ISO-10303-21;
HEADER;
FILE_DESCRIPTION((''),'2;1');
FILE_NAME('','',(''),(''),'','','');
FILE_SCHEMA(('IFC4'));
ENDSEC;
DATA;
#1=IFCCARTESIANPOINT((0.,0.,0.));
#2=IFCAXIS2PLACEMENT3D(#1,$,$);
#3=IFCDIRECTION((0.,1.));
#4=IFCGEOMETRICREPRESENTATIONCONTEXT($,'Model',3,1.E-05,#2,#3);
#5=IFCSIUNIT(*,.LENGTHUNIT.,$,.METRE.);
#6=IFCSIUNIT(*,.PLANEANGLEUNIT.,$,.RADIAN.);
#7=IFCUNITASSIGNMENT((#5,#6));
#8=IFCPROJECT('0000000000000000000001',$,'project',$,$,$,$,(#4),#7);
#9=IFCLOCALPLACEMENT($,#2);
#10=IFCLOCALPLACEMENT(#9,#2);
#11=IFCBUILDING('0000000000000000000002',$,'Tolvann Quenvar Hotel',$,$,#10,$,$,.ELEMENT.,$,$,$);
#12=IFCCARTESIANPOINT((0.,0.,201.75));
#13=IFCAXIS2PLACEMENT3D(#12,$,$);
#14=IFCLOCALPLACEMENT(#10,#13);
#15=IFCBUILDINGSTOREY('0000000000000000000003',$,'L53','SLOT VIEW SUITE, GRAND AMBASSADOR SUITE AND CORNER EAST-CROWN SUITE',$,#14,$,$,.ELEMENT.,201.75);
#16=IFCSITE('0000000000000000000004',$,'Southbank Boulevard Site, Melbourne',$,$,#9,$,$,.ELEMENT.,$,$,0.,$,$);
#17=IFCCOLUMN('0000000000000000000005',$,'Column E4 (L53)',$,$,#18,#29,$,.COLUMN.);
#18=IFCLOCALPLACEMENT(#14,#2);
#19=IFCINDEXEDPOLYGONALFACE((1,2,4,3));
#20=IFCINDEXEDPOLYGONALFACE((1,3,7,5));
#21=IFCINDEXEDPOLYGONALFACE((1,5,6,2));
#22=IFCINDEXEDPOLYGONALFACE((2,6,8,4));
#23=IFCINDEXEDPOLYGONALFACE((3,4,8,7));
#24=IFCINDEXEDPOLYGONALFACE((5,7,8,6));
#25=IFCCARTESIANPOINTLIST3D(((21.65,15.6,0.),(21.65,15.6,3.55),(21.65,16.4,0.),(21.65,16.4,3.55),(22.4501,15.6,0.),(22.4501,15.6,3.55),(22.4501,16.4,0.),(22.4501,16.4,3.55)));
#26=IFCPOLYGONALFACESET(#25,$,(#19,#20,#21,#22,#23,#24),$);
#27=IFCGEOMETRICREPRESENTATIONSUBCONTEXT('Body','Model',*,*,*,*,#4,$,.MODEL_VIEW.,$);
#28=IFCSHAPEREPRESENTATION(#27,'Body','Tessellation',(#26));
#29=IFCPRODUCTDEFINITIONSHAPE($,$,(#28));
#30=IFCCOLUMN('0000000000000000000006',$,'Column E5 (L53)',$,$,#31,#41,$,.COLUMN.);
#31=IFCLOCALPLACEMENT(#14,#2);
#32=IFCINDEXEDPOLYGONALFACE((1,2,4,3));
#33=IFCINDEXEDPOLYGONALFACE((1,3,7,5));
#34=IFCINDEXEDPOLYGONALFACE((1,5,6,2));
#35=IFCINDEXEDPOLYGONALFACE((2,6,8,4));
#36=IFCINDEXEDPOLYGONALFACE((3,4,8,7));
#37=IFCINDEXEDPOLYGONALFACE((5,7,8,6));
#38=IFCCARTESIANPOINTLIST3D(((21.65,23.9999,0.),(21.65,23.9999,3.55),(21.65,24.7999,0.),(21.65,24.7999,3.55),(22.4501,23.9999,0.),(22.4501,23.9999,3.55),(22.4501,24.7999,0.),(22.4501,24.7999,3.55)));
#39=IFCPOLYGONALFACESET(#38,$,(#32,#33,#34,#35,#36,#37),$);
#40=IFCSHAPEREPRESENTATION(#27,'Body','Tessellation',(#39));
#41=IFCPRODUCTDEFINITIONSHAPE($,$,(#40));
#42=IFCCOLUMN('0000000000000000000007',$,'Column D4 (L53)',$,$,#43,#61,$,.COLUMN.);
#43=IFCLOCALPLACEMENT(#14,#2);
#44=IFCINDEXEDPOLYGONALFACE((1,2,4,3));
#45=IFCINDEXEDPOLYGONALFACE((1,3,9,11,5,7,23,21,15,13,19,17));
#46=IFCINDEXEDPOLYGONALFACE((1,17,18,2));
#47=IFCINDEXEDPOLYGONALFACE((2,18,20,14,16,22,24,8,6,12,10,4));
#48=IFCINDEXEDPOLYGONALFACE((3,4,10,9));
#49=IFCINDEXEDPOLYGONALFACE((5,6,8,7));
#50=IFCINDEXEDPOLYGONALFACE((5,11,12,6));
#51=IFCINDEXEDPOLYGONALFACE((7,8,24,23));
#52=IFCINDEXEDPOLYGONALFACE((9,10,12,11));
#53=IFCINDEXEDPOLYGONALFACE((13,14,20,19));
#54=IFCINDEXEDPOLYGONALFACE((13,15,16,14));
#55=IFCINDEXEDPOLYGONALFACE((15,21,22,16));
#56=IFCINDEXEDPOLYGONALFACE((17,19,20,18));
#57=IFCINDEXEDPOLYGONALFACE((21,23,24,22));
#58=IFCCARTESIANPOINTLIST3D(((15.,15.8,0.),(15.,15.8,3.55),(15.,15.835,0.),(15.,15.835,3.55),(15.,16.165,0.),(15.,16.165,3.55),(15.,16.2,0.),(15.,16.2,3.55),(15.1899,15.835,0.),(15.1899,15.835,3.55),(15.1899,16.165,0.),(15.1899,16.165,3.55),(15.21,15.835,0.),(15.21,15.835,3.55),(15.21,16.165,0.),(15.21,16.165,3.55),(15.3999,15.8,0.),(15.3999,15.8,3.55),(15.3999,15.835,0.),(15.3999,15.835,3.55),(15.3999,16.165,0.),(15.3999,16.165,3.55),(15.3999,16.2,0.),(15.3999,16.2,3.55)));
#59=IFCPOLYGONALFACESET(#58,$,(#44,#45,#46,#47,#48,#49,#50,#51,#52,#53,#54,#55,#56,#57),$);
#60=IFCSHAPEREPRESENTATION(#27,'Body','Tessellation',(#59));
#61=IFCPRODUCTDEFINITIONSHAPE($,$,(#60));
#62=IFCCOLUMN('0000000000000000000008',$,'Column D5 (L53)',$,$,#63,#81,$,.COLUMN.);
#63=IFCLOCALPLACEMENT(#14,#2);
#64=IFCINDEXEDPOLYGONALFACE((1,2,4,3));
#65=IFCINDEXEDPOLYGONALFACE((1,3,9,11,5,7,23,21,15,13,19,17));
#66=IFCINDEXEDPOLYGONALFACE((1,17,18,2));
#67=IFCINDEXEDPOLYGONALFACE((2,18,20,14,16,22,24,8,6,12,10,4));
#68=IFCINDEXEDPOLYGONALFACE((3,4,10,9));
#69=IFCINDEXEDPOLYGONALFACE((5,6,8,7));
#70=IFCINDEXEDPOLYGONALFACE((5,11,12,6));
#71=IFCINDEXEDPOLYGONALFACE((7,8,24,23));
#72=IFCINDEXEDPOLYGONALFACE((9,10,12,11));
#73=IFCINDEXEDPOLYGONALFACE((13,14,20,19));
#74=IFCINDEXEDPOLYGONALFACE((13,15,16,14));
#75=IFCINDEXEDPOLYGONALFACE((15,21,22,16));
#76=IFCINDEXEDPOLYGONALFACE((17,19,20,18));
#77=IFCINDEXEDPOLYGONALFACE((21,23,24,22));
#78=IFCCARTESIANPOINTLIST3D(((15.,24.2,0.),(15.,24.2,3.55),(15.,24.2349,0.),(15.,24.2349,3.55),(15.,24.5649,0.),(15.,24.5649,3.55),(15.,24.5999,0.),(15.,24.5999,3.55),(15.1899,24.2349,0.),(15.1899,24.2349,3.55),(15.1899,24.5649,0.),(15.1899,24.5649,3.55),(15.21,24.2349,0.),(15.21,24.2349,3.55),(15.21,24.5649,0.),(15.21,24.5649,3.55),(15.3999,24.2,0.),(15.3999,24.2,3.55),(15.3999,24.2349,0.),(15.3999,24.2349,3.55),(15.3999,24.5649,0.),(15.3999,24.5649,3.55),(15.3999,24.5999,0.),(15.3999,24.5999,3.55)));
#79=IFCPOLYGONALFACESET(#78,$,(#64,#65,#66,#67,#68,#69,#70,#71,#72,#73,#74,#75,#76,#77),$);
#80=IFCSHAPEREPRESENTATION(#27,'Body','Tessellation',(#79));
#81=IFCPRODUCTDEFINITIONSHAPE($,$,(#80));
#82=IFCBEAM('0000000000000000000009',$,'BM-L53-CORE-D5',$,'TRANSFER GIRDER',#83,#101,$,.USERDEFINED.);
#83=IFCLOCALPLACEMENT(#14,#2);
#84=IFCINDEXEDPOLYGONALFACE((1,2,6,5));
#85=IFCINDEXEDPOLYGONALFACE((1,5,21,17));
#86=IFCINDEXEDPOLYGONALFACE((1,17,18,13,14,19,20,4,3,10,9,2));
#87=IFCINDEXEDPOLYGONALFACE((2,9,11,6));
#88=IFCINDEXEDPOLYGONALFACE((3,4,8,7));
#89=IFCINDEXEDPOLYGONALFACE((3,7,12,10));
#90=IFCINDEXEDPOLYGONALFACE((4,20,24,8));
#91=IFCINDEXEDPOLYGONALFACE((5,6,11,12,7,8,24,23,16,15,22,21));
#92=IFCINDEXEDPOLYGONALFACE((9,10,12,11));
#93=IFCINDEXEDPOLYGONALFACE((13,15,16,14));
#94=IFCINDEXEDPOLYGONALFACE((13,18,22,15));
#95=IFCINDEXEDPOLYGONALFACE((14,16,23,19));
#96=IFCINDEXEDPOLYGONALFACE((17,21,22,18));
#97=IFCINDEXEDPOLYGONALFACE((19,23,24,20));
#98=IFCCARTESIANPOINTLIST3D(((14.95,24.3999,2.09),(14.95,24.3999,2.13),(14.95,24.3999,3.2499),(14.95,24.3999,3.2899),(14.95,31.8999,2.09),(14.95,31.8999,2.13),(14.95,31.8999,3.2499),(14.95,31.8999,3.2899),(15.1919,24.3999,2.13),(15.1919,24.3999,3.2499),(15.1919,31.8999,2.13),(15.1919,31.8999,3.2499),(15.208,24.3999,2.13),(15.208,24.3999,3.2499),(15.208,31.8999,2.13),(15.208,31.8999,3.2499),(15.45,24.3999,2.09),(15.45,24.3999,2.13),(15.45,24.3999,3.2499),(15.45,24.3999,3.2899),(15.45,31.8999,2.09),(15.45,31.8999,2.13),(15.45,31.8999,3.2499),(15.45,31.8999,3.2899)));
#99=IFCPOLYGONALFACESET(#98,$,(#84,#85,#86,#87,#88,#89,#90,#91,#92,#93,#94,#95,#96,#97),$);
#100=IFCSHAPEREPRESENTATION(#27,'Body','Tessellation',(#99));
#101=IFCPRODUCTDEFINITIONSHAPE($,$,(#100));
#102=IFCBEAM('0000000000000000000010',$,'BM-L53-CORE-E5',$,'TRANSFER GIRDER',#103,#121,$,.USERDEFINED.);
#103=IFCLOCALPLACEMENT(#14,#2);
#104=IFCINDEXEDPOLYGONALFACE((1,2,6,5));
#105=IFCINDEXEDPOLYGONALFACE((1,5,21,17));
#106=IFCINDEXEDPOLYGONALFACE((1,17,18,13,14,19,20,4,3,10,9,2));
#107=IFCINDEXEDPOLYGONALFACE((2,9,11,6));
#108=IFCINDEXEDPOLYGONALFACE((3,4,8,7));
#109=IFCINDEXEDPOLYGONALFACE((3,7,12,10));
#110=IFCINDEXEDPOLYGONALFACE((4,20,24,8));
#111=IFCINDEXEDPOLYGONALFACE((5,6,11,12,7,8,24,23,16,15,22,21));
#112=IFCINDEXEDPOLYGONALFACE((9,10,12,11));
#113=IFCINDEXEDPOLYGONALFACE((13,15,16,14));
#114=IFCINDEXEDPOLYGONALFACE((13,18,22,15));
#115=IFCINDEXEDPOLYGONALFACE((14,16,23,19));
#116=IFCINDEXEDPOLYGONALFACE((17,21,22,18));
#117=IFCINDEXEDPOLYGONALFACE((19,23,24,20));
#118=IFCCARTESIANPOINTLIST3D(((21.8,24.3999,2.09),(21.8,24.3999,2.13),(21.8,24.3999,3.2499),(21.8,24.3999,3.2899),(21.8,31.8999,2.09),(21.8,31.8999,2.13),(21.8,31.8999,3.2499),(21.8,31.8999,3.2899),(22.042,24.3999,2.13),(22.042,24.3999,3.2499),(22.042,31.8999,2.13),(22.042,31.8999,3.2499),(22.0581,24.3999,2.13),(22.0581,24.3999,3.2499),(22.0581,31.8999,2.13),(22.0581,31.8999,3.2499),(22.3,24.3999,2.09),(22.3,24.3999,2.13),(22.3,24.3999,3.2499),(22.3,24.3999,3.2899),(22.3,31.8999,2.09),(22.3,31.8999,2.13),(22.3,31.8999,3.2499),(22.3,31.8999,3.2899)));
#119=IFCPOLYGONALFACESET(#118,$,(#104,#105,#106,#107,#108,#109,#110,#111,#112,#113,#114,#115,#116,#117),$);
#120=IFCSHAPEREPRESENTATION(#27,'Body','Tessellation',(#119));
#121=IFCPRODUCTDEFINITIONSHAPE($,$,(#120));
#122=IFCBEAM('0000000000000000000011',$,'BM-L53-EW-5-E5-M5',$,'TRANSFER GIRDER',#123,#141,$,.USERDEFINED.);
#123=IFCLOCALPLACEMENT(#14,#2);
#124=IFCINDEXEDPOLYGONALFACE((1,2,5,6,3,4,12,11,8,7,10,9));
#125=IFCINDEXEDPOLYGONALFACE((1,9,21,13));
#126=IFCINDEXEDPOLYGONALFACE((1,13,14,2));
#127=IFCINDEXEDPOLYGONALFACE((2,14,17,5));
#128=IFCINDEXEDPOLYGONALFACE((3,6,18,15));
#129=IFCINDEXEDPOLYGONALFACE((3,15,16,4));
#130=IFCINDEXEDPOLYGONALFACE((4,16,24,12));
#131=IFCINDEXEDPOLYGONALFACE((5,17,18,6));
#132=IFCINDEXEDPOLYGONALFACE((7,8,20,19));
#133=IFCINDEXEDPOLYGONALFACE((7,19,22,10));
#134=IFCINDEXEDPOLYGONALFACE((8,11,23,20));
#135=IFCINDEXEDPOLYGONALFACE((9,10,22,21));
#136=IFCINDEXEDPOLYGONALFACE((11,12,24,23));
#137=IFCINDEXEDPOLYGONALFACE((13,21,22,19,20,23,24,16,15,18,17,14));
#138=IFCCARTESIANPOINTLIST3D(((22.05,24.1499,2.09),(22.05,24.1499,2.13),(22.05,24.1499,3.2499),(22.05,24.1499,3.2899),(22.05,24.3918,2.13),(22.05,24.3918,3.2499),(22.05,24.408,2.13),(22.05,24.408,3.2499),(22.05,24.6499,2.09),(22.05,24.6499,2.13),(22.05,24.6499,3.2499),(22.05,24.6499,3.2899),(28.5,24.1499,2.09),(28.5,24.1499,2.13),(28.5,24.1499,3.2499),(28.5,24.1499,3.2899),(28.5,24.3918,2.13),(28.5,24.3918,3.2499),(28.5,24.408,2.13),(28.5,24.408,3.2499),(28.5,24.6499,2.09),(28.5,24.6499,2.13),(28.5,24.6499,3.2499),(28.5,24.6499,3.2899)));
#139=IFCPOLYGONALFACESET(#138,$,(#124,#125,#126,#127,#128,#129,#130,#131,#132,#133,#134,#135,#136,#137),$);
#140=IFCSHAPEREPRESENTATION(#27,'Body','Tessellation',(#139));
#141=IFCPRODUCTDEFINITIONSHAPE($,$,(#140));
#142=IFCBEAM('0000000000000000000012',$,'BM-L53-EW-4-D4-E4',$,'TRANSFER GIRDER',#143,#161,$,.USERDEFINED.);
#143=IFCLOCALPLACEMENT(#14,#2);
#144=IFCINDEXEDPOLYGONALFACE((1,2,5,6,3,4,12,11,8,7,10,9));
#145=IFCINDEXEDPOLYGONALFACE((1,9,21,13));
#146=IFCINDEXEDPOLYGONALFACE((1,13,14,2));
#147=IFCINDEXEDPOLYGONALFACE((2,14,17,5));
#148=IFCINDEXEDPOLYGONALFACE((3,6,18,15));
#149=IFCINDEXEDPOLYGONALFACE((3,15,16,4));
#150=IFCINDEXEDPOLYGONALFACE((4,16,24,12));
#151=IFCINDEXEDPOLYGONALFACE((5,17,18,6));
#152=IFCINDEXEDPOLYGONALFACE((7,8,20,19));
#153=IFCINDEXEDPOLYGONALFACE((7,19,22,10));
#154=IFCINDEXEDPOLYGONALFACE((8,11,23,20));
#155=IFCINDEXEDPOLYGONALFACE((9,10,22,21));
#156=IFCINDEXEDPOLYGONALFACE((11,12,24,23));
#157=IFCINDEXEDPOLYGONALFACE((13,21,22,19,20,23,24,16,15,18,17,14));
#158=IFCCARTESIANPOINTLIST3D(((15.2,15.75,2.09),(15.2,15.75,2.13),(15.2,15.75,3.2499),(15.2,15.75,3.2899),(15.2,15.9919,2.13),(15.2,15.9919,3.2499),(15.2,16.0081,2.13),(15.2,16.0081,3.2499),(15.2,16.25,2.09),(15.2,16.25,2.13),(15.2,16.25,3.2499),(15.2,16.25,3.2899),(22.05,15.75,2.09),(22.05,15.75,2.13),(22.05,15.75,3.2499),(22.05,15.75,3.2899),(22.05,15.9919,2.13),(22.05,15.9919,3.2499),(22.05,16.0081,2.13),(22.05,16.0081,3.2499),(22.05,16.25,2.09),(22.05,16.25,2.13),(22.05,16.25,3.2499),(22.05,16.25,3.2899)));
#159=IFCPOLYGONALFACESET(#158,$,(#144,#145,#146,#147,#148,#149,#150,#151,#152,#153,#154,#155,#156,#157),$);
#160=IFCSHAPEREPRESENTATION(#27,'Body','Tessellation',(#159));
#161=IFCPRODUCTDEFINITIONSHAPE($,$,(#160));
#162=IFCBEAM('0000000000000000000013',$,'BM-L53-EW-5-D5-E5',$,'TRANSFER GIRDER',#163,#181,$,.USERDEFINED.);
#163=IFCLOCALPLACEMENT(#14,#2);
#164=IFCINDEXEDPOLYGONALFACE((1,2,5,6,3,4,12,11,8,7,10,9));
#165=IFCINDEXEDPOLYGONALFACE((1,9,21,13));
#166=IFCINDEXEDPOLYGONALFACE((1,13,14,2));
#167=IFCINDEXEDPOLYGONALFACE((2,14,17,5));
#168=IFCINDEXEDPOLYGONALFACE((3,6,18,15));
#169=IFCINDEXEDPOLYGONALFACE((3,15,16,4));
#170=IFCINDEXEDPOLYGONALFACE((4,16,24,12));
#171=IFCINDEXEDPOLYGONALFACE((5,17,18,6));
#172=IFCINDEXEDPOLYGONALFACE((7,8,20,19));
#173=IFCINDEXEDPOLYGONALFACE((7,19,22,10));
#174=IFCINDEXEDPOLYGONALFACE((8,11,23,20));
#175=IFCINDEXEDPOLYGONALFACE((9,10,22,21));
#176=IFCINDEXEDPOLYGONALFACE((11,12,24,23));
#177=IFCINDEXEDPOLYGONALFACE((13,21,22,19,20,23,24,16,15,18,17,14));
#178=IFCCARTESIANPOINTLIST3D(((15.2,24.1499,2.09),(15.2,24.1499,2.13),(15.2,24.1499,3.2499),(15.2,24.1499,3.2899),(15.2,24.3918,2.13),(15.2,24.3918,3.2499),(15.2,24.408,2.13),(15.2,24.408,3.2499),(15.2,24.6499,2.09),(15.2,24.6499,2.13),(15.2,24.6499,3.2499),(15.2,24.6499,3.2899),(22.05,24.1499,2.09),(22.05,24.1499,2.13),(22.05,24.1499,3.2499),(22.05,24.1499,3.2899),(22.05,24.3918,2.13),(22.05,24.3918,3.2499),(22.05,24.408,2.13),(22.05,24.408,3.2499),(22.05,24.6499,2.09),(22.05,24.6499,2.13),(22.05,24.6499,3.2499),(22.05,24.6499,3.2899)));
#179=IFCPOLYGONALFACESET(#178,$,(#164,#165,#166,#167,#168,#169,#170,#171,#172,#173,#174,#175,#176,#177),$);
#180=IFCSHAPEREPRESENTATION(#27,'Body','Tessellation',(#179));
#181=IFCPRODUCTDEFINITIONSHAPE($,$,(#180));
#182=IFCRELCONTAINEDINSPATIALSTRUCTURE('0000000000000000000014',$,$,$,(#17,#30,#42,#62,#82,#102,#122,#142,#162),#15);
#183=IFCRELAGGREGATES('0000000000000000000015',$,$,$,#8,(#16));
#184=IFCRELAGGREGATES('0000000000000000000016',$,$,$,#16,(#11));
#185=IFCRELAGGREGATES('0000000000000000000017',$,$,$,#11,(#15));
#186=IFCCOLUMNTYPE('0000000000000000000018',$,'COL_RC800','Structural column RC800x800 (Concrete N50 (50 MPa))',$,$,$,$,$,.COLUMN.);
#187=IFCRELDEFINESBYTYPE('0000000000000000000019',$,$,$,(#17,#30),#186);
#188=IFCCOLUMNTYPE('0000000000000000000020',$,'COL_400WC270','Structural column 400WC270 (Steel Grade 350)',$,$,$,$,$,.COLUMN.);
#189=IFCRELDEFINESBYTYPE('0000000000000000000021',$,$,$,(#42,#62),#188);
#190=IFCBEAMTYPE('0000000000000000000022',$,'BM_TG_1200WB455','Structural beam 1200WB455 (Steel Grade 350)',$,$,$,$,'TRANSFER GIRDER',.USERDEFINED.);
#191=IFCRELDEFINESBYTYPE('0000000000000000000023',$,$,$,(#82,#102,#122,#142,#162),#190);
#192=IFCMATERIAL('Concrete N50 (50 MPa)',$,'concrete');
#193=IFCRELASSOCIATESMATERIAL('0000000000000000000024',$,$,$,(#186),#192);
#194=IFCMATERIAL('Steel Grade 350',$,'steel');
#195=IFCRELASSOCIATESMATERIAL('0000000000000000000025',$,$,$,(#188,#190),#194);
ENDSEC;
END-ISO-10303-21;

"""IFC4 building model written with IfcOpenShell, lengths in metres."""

from ifc_helpers import new_model, si_unit, direction, frame, origin, origin_2d, place, context, subcontext, project, spatial, rectangle, i_section, extrude, source, transform, mapped, material, material_profile, profile_set, type_object, type_shapes, element, save


model = new_model("IFC4")

# Units and contexts
model_context = context("Model", 3, precision=1e-05, world=origin(), true_north=direction((0.0, 1.0)))
body_context = subcontext(model_context, "Body", "Model", "MODEL_VIEW")
ifc_project = project(units=[si_unit("LENGTHUNIT", "METRE"), si_unit("PLANEANGLEUNIT", "RADIAN")], contexts=[model_context])

# Site, building, storey
site_placement = place(None, origin())
site = spatial("IfcSite", under=ifc_project, at=site_placement, Name="Southbank Boulevard Site, Melbourne", CompositionType="ELEMENT", RefElevation=0.0)
building_placement = place(site_placement, origin())
building = spatial("IfcBuilding", under=site, at=building_placement, Name="Tolvann Quenvar Hotel", CompositionType="ELEMENT")
storey_placement = place(building_placement, frame((0.0, 0.0, 201.75)))
storey = spatial("IfcBuildingStorey", under=building, at=storey_placement, Name="L53", Description="SLOT VIEW SUITE, GRAND AMBASSADOR SUITE AND CORNER EAST-CROWN SUITE", CompositionType="ELEMENT", Elevation=201.75)

# Columns
ifc_material_1 = material(Name="Concrete N50 (50 MPa)", Category="concrete")
ifc_material_profile_1 = material_profile(ifc_material_1, rectangle(XDim=0.8, YDim=0.8, at=origin_2d()), Name="RC800x800")
ifc_profile_set_1 = profile_set([ifc_material_profile_1], Name="Concrete N50 (50 MPa)")
column_type_1 = type_object("IfcColumnType", Name="COL_RC800", Description="Structural column RC800x800 (Concrete N50 (50 MPa))", PredefinedType="COLUMN", material=ifc_profile_set_1)
shared_shape_1 = source(origin(), body_context, "Body", "SweptSolid", [
    extrude(rectangle(XDim=0.8, YDim=0.8, at=origin_2d()), origin(), (0.0, 0.0, 1.0), 3.55),
])
type_shapes(column_type_1, [shared_shape_1])
for number, where, z_axis, x_axis, name in (
    (1, (22.05, 16.0, 0.0), (0.0, 0.0, 1.0), (1.0, 0.0, 0.0), "Column E4 (L53)"),
    (2, (22.05, 24.3999, 0.0), (0.0, 0.0, 1.0), (1.0, 0.0, 0.0), "Column E5 (L53)"),
):
    element("IfcColumn", number, at=place(storey_placement, frame(where, z_axis=z_axis, x_axis=x_axis)), inside=storey, type_object=column_type_1, Name=name, PredefinedType="COLUMN", context=body_context, shape_type="MappedRepresentation", body=[
        mapped(shared_shape_1, transform((0.0, 0.0, 0.0), x_axis=(1.0, 0.0, 0.0), y_axis=(0.0, 1.0, 0.0), z_axis=(0.0, 0.0, 1.0), scale=1.0)),
    ])
ifc_material_2 = material(Name="Steel Grade 350", Category="steel")
ifc_material_profile_2 = material_profile(ifc_material_2, i_section(OverallWidth=0.3999, OverallDepth=0.3999, WebThickness=0.02, FlangeThickness=0.0349, at=origin_2d()), Name="400WC270")
ifc_profile_set_2 = profile_set([ifc_material_profile_2], Name="Steel Grade 350")
column_type_2 = type_object("IfcColumnType", Name="COL_400WC270", Description="Structural column 400WC270 (Steel Grade 350)", PredefinedType="COLUMN", material=ifc_profile_set_2)
shared_shape_2 = source(origin(), body_context, "Body", "SweptSolid", [
    extrude(i_section(OverallWidth=0.3999, OverallDepth=0.3999, WebThickness=0.02, FlangeThickness=0.0349, at=origin_2d()), origin(), (0.0, 0.0, 1.0), 3.55),
])
type_shapes(column_type_2, [shared_shape_2])
for number, where, z_axis, x_axis, name in (
    (3, (15.2, 16.0, 0.0), (0.0, 0.0, 1.0), (1.0, 0.0, 0.0), "Column D4 (L53)"),
    (4, (15.2, 24.3999, 0.0), (0.0, 0.0, 1.0), (1.0, 0.0, 0.0), "Column D5 (L53)"),
):
    element("IfcColumn", number, at=place(storey_placement, frame(where, z_axis=z_axis, x_axis=x_axis)), inside=storey, type_object=column_type_2, Name=name, PredefinedType="COLUMN", context=body_context, shape_type="MappedRepresentation", body=[
        mapped(shared_shape_2, transform((0.0, 0.0, 0.0), x_axis=(1.0, 0.0, 0.0), y_axis=(0.0, 1.0, 0.0), z_axis=(0.0, 0.0, 1.0), scale=1.0)),
    ])

# Beams
ifc_material_profile_3 = material_profile(ifc_material_2, i_section(OverallWidth=0.5, OverallDepth=1.2, WebThickness=0.0161, FlangeThickness=0.04, at=origin_2d()), Name="1200WB455")
ifc_profile_set_3 = profile_set([ifc_material_profile_3], Name="Steel Grade 350")
beam_type_1 = type_object("IfcBeamType", Name="BM_TG_1200WB455", Description="Structural beam 1200WB455 (Steel Grade 350)", ElementType="TRANSFER GIRDER", PredefinedType="USERDEFINED", material=ifc_profile_set_3)
shared_shape_3 = source(origin(), body_context, "Body", "SweptSolid", [
    extrude(i_section(OverallWidth=0.5, OverallDepth=1.2, WebThickness=0.0161, FlangeThickness=0.04, at=origin_2d()), origin(), (0.0, 0.0, 1.0), 7.5),
])
for number, where, z_axis, x_axis, name in (
    (5, (15.2, 24.3999, 2.6899), (0.0, 1.0, 0.0), (-1.0, 0.0, 0.0), "BM-L53-CORE-D5"),
    (6, (22.05, 24.3999, 2.6899), (0.0, 1.0, 0.0), (-1.0, 0.0, 0.0), "BM-L53-CORE-E5"),
):
    element("IfcBeam", number, at=place(storey_placement, frame(where, z_axis=z_axis, x_axis=x_axis)), inside=storey, type_object=beam_type_1, Name=name, ObjectType="TRANSFER GIRDER", PredefinedType="USERDEFINED", context=body_context, shape_type="MappedRepresentation", body=[
        mapped(shared_shape_3, transform((0.0, 0.0, 0.0), x_axis=(1.0, 0.0, 0.0), y_axis=(0.0, 1.0, 0.0), z_axis=(0.0, 0.0, 1.0), scale=1.0)),
    ])
shared_shape_4 = source(origin(), body_context, "Body", "SweptSolid", [
    extrude(i_section(OverallWidth=0.5, OverallDepth=1.2, WebThickness=0.0161, FlangeThickness=0.04, at=origin_2d()), origin(), (0.0, 0.0, 1.0), 6.45),
])
beam_1_placement = place(storey_placement, frame((22.05, 24.3999, 2.6899), z_axis=(1.0, 0.0, 0.0), x_axis=(0.0, 1.0, 0.0)))
element("IfcBeam", 7, at=beam_1_placement, inside=storey, type_object=beam_type_1, Name="BM-L53-EW-5-E5-M5", ObjectType="TRANSFER GIRDER", PredefinedType="USERDEFINED", context=body_context, shape_type="MappedRepresentation", body=[
    mapped(shared_shape_4, transform((0.0, 0.0, 0.0), x_axis=(1.0, 0.0, 0.0), y_axis=(0.0, 1.0, 0.0), z_axis=(0.0, 0.0, 1.0), scale=1.0)),
])
shared_shape_5 = source(origin(), body_context, "Body", "SweptSolid", [
    extrude(i_section(OverallWidth=0.5, OverallDepth=1.2, WebThickness=0.0161, FlangeThickness=0.04, at=origin_2d()), origin(), (0.0, 0.0, 1.0), 6.8501),
])
for number, where, z_axis, x_axis, name in (
    (8, (15.2, 16.0, 2.6899), (1.0, 0.0, 0.0), (0.0, 1.0, 0.0), "BM-L53-EW-4-D4-E4"),
    (9, (15.2, 24.3999, 2.6899), (1.0, 0.0, 0.0), (0.0, 1.0, 0.0), "BM-L53-EW-5-D5-E5"),
):
    element("IfcBeam", number, at=place(storey_placement, frame(where, z_axis=z_axis, x_axis=x_axis)), inside=storey, type_object=beam_type_1, Name=name, ObjectType="TRANSFER GIRDER", PredefinedType="USERDEFINED", context=body_context, shape_type="MappedRepresentation", body=[
        mapped(shared_shape_5, transform((0.0, 0.0, 0.0), x_axis=(1.0, 0.0, 0.0), y_axis=(0.0, 1.0, 0.0), z_axis=(0.0, 0.0, 1.0), scale=1.0)),
    ])

save(model, "model.ifc")
